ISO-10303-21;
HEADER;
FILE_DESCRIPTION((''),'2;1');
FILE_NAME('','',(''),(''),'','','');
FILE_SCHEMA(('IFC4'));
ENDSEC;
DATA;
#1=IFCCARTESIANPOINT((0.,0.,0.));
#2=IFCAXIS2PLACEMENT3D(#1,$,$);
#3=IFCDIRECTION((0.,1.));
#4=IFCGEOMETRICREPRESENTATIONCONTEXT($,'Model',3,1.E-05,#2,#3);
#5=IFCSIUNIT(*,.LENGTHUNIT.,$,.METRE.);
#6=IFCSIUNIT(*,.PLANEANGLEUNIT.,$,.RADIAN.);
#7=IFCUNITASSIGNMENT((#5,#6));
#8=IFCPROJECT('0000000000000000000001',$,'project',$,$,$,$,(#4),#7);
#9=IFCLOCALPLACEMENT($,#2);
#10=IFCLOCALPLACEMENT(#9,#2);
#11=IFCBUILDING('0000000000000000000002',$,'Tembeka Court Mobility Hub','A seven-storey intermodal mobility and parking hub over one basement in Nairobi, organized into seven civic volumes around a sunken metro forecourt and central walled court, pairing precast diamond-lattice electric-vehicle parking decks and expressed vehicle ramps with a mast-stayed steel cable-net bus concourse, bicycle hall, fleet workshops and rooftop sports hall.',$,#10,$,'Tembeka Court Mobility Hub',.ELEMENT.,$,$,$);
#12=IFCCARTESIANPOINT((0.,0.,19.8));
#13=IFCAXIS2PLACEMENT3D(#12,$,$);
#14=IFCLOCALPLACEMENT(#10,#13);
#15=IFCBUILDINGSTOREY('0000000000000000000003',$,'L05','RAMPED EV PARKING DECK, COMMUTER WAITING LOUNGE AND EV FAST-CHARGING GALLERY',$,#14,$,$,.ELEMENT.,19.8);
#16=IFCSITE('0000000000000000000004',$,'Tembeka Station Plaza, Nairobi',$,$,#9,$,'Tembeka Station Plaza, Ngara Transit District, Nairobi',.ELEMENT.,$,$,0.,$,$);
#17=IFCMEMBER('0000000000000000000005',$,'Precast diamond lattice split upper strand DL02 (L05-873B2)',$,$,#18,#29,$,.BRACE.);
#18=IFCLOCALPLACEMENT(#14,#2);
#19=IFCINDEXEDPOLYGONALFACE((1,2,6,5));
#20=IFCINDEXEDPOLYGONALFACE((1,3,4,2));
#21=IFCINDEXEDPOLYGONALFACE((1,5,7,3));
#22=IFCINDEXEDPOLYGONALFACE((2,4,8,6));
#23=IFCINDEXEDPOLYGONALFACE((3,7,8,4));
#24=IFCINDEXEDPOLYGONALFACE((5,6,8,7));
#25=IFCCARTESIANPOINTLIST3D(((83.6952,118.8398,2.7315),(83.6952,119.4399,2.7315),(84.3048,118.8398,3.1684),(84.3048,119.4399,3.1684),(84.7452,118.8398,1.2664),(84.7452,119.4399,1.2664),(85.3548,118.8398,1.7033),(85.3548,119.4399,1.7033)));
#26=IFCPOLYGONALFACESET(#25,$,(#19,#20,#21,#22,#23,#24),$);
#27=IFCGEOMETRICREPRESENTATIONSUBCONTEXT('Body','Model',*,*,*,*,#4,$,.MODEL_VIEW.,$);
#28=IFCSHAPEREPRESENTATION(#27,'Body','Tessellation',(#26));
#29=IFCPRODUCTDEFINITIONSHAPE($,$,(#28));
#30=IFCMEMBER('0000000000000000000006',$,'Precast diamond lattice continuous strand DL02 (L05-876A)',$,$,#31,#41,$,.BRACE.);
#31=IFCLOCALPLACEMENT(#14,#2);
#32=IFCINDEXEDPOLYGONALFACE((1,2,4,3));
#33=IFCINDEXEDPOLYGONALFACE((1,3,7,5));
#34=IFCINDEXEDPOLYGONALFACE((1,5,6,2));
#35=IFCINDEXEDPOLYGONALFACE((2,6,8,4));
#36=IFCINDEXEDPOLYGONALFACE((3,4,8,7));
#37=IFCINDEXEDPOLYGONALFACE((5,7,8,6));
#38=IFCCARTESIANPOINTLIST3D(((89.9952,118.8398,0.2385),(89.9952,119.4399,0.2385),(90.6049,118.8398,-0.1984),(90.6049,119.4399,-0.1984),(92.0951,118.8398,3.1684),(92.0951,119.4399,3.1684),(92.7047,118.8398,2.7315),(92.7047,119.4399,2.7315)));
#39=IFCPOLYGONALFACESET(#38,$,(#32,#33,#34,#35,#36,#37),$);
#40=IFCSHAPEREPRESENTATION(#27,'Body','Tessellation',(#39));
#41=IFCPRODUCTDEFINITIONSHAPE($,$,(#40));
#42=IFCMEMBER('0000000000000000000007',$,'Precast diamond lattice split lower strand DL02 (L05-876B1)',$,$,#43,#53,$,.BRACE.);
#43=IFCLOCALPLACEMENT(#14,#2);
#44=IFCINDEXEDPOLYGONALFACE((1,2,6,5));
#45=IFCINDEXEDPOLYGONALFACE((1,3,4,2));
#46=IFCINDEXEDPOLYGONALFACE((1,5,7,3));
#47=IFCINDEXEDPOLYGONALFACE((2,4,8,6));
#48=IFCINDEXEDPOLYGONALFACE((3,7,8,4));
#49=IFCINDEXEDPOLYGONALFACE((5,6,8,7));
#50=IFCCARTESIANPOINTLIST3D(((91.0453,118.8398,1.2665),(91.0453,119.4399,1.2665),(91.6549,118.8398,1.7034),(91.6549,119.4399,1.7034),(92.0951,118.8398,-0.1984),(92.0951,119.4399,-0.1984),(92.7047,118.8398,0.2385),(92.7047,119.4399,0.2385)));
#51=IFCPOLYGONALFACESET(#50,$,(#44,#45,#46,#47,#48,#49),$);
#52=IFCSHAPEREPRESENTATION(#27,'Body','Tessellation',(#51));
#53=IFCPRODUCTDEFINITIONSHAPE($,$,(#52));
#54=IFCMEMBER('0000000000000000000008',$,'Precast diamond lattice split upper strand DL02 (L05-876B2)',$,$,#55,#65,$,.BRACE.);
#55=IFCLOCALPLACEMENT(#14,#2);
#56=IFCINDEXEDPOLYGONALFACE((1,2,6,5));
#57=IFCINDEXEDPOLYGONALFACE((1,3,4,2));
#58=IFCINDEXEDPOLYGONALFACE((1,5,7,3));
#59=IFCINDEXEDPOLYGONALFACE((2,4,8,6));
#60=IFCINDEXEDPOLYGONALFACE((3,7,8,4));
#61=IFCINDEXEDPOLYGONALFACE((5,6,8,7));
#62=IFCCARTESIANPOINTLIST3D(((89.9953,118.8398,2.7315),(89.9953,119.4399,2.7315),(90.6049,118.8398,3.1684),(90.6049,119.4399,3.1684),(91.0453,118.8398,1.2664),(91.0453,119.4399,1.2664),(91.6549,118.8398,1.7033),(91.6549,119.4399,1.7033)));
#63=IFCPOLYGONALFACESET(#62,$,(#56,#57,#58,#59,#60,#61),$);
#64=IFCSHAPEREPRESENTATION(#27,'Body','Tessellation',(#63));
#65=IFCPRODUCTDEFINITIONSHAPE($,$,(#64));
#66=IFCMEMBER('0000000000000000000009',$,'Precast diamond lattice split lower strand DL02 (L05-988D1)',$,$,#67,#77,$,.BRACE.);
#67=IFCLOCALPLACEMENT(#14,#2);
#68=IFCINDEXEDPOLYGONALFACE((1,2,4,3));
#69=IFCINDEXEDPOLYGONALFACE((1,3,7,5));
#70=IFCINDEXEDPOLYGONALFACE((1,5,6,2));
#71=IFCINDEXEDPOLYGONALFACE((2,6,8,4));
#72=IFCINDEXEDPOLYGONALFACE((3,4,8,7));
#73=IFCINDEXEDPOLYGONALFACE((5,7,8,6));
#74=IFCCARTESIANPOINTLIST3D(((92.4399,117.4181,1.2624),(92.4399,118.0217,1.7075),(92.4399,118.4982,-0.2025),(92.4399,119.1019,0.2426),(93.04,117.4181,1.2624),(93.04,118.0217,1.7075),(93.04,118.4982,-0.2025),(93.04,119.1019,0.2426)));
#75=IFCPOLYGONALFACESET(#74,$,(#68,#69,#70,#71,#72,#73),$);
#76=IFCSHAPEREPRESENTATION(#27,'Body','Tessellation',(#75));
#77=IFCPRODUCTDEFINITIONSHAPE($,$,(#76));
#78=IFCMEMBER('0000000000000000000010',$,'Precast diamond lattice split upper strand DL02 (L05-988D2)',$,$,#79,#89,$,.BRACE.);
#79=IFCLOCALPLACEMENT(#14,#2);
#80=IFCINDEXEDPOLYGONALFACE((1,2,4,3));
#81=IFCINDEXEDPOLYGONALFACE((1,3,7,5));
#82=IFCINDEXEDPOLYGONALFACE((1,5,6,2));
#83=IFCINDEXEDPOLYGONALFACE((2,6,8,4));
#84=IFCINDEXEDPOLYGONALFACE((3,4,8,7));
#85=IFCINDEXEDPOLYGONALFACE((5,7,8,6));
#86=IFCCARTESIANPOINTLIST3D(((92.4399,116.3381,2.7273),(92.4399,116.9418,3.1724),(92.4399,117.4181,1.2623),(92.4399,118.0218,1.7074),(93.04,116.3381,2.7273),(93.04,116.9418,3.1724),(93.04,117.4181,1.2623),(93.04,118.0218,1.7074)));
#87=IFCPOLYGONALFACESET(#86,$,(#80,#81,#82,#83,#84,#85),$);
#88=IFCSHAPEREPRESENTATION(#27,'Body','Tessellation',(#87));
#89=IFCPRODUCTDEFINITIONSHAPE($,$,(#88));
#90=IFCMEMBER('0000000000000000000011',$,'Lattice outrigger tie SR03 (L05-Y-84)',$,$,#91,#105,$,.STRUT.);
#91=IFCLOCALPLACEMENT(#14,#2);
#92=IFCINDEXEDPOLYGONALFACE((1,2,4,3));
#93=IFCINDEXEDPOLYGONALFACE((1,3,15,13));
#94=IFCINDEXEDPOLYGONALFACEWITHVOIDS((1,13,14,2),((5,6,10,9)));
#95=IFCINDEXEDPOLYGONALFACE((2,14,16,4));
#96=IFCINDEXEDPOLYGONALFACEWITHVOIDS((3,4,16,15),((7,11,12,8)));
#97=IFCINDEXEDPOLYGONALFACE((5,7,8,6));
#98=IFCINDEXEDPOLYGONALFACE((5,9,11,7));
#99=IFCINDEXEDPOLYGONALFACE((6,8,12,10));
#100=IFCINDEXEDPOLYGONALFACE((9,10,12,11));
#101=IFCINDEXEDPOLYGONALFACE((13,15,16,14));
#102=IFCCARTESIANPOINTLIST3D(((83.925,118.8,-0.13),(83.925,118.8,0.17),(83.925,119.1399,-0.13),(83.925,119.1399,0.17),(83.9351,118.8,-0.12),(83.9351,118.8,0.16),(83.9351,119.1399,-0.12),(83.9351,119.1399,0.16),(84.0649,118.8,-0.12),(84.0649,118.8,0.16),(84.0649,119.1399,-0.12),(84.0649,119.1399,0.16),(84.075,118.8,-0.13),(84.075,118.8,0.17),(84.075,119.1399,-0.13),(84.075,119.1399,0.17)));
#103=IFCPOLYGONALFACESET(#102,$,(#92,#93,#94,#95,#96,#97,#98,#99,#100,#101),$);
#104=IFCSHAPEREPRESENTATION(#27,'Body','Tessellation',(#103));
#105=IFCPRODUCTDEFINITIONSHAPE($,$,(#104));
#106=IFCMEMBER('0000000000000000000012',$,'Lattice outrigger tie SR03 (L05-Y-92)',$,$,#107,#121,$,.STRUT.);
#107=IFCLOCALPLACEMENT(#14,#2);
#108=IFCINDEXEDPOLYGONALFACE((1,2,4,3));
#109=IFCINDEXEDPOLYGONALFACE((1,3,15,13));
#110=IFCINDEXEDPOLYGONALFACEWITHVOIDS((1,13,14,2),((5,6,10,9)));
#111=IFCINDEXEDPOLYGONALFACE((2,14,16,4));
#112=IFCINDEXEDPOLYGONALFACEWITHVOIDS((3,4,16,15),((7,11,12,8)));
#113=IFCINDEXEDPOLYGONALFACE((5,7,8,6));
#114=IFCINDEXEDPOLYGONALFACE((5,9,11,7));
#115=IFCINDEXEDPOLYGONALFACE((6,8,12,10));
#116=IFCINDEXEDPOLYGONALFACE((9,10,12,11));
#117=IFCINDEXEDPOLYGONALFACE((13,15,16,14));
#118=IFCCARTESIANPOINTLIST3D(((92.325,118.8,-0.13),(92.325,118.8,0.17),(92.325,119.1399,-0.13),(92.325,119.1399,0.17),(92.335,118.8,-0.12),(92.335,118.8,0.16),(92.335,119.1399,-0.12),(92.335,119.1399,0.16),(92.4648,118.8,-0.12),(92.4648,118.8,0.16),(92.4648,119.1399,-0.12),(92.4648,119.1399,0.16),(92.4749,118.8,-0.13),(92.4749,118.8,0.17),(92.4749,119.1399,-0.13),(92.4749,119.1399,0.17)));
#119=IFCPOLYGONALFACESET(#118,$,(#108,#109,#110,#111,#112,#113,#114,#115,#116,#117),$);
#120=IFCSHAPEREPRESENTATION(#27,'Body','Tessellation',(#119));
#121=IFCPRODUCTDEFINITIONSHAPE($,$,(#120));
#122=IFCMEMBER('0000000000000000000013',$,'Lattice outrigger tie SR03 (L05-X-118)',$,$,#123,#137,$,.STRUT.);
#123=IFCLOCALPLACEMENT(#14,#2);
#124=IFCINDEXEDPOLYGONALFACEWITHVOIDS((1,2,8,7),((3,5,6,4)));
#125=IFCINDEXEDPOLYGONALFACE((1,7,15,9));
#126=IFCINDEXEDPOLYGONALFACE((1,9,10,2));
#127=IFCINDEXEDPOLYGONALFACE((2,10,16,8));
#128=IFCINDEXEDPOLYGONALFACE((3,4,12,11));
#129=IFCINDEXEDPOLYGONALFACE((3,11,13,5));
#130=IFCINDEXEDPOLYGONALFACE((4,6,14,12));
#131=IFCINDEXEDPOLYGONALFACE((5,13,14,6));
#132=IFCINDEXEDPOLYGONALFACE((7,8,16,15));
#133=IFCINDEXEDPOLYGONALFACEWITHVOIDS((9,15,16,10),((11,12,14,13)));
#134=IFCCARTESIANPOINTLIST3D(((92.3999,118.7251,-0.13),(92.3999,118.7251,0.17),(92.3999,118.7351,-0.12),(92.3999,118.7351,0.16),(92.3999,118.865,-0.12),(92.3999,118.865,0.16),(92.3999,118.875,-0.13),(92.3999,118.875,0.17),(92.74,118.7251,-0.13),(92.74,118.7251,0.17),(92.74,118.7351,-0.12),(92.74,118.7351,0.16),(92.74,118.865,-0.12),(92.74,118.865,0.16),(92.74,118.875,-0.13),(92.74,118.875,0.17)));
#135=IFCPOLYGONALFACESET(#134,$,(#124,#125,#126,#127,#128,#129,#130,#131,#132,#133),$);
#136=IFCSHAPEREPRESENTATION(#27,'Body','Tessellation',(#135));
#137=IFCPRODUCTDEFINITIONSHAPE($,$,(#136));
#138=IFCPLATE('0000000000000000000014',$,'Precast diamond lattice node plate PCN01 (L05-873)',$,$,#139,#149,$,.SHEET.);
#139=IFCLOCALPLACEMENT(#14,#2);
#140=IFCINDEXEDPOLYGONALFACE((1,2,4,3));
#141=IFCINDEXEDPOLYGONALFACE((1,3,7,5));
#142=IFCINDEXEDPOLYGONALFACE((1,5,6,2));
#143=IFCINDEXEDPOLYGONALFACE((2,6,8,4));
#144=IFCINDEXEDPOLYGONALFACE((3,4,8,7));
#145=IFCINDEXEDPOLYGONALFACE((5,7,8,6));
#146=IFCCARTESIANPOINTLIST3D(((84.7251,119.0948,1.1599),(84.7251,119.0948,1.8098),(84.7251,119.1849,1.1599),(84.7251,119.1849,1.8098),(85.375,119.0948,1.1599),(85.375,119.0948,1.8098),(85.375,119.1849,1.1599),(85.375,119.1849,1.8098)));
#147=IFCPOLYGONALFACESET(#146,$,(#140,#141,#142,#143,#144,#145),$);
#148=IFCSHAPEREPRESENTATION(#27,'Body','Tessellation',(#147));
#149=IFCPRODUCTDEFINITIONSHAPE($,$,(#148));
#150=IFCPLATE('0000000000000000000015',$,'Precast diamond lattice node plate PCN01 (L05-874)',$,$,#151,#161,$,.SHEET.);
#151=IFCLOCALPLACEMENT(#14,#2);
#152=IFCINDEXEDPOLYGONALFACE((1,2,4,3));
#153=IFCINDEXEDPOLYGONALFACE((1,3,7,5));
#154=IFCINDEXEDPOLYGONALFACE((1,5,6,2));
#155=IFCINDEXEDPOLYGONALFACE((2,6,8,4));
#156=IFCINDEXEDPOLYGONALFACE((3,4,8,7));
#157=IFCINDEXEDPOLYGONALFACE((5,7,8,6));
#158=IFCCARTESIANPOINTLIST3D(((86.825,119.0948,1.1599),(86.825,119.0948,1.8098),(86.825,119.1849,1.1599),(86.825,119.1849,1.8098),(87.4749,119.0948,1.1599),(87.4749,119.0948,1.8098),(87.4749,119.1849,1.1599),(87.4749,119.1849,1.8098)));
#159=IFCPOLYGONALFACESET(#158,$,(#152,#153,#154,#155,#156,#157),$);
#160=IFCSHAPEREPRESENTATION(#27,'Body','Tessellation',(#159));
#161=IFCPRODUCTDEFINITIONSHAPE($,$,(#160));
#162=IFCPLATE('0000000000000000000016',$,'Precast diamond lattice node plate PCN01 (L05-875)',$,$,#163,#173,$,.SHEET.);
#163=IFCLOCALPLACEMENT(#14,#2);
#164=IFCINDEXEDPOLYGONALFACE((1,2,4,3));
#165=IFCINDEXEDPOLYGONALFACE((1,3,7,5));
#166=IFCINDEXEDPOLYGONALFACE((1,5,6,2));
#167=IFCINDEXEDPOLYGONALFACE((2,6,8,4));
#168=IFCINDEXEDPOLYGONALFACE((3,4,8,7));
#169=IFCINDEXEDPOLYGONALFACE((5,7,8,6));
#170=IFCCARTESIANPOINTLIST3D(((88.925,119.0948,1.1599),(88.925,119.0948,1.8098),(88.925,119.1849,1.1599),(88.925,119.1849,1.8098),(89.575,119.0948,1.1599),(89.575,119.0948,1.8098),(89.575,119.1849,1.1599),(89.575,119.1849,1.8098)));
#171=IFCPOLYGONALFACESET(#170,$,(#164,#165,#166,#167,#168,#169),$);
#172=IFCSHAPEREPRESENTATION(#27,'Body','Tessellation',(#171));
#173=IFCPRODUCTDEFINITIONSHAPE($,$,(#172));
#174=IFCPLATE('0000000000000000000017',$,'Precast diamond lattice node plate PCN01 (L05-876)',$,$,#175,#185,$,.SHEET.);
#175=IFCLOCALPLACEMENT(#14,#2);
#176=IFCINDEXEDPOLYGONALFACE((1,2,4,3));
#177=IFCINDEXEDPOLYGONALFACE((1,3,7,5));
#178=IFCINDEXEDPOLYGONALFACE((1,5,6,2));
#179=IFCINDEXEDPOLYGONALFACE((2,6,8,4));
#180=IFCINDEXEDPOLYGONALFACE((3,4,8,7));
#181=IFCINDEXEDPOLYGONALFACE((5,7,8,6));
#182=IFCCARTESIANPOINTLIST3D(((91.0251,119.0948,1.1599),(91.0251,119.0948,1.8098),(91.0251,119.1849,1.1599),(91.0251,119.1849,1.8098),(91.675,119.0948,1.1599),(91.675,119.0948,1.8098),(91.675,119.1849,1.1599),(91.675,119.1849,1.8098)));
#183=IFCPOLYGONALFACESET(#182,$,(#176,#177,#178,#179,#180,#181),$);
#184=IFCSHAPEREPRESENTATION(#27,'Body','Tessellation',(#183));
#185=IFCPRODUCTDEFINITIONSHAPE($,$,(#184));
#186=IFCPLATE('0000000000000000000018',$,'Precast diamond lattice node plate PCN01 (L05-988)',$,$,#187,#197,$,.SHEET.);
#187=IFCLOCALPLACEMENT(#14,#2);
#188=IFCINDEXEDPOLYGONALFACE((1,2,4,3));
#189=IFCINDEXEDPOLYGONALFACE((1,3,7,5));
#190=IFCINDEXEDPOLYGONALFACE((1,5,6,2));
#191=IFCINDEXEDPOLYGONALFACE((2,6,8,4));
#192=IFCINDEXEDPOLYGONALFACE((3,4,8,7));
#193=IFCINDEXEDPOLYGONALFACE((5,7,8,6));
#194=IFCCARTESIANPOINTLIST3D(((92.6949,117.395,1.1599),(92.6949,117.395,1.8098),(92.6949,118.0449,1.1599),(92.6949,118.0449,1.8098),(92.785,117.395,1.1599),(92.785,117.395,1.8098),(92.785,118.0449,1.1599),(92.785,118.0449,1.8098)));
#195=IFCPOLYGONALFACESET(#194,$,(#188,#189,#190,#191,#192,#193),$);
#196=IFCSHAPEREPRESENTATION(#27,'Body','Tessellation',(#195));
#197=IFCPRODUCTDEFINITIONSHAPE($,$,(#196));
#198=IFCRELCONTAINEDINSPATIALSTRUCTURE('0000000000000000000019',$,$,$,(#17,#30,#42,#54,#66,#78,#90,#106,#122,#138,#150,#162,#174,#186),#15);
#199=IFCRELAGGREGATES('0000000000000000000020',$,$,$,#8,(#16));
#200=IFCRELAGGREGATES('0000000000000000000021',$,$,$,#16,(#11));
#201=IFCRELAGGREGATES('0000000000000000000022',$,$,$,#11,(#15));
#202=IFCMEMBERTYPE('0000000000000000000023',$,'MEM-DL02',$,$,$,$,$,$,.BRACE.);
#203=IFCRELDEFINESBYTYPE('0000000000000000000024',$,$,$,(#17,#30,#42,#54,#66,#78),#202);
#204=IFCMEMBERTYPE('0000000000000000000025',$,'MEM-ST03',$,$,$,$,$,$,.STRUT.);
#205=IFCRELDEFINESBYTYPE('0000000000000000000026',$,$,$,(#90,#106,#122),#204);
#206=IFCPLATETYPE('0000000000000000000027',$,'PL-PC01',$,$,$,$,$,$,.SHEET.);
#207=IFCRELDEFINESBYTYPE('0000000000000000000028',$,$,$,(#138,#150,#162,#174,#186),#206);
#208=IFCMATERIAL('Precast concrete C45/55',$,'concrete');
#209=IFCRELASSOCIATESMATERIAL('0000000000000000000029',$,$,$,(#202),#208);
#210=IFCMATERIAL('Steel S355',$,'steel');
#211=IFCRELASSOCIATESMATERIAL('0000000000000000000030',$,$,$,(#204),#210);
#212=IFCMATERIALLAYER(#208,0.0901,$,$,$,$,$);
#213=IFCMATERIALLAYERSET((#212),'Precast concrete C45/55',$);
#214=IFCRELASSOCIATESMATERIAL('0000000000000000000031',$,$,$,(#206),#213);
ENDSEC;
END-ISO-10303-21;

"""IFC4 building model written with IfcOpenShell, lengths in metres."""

from ifc_helpers import new_model, si_unit, direction, frame, origin, origin_2d, place, context, subcontext, project, spatial, rectangle, hollow_rectangle, extrude, material, layer, layer_set, material_profile, profile_set, type_object, element, save


model = new_model("IFC4")

# Units and contexts
model_context = context("Model", 3, precision=1e-05, world=origin(), true_north=direction((0.0, 1.0)))
body_context = subcontext(model_context, "Body", "Model", "MODEL_VIEW")
ifc_project = project(units=[si_unit("LENGTHUNIT", "METRE"), si_unit("PLANEANGLEUNIT", "RADIAN")], contexts=[model_context])

# Site, building, storey
site_placement = place(None, origin())
site = spatial("IfcSite", under=ifc_project, at=site_placement, Name="Tembeka Station Plaza, Nairobi", LongName="Tembeka Station Plaza, Ngara Transit District, Nairobi", CompositionType="ELEMENT", RefElevation=0.0)
building_placement = place(site_placement, origin())
building = spatial("IfcBuilding", under=site, at=building_placement, Name="Tembeka Court Mobility Hub", Description="A seven-storey intermodal mobility and parking hub over one basement in Nairobi, organized into seven civic volumes around a sunken metro forecourt and central walled court, pairing precast diamond-lattice electric-vehicle parking decks and expressed vehicle ramps with a mast-stayed steel cable-net bus concourse, bicycle hall, fleet workshops and rooftop sports hall.", LongName="Tembeka Court Mobility Hub", CompositionType="ELEMENT")
storey_placement = place(building_placement, frame((0.0, 0.0, 19.8)))
storey = spatial("IfcBuildingStorey", under=building, at=storey_placement, Name="L05", Description="RAMPED EV PARKING DECK, COMMUTER WAITING LOUNGE AND EV FAST-CHARGING GALLERY", CompositionType="ELEMENT", Elevation=19.8)

# Shared definitions
ifc_material_1 = material(Name="Steel S355", Category="steel")

# Shared definitions
ifc_material_2 = material(Name="Precast concrete C45/55", Category="concrete")

# Members
ifc_material_profile_1 = material_profile(ifc_material_2, rectangle(XDim=0.6001, YDim=0.75, at=origin_2d()), Name="PC-DIAG 600x750")
ifc_profile_set_1 = profile_set([ifc_material_profile_1], Name="Precast concrete C45/55")
member_type_1 = type_object("IfcMemberType", Name="MEM-DL02", PredefinedType="BRACE", material=ifc_profile_set_1)
member_1_placement = place(storey_placement, frame((85.05, 119.1399, 1.4849), z_axis=(-0.582544, 0.0, 0.812799), x_axis=(0.0, -1.0, 0.0)))
element("IfcMember", 1, at=member_1_placement, inside=storey, type_object=member_type_1, Name="Precast diamond lattice split upper strand DL02 (L05-873B2)", PredefinedType="BRACE", context=body_context, shape_type="SweptSolid", body=[
    extrude(rectangle(XDim=0.6001, YDim=0.75, at=origin_2d()), origin(), (0.0, 0.0, 1.0), 1.8025),
])
member_2_placement = place(storey_placement, frame((90.3, 119.1399, 0.02), z_axis=(0.582532, 0.0, 0.812808), x_axis=(0.0, 1.0, 0.0)))
element("IfcMember", 2, at=member_2_placement, inside=storey, type_object=member_type_1, Name="Precast diamond lattice continuous strand DL02 (L05-876A)", PredefinedType="BRACE", context=body_context, shape_type="SweptSolid", body=[
    extrude(rectangle(XDim=0.6001, YDim=0.75, at=origin_2d()), origin(), (0.0, 0.0, 1.0), 3.6047),
])
member_3_placement = place(storey_placement, frame((92.3999, 119.1399, 0.02), z_axis=(-0.582519, 0.0, 0.812817), x_axis=(0.0, -1.0, 0.0)))
element("IfcMember", 3, at=member_3_placement, inside=storey, type_object=member_type_1, Name="Precast diamond lattice split lower strand DL02 (L05-876B1)", PredefinedType="BRACE", context=body_context, shape_type="SweptSolid", body=[
    extrude(rectangle(XDim=0.6001, YDim=0.75, at=origin_2d()), origin(), (0.0, 0.0, 1.0), 1.8022),
])
member_4_placement = place(storey_placement, frame((91.3501, 119.1399, 1.4849), z_axis=(-0.582544, 0.0, 0.812799), x_axis=(0.0, -1.0, 0.0)))
element("IfcMember", 4, at=member_4_placement, inside=storey, type_object=member_type_1, Name="Precast diamond lattice split upper strand DL02 (L05-876B2)", PredefinedType="BRACE", context=body_context, shape_type="SweptSolid", body=[
    extrude(rectangle(XDim=0.6001, YDim=0.75, at=origin_2d()), origin(), (0.0, 0.0, 1.0), 1.8025),
])
for number, where, z_axis, x_axis, name in (
    (5, (92.74, 118.8, 0.02), (0.0, -0.593455, 0.804867), (1.0, 0.0, 0.0), "Precast diamond lattice split lower strand DL02 (L05-988D1)"),
    (6, (92.74, 117.72, 1.4849), (0.0, -0.593391, 0.804914), (1.0, 0.0, 0.0), "Precast diamond lattice split upper strand DL02 (L05-988D2)"),
):
    element("IfcMember", number, at=place(storey_placement, frame(where, z_axis=z_axis, x_axis=x_axis)), inside=storey, type_object=member_type_1, Name=name, PredefinedType="BRACE", context=body_context, shape_type="SweptSolid", body=[
        extrude(rectangle(XDim=0.6001, YDim=0.75, at=origin_2d()), origin(), (0.0, 0.0, 1.0), 1.8201),
    ])
ifc_material_profile_2 = material_profile(ifc_material_1, hollow_rectangle(XDim=0.1499, YDim=0.3, WallThickness=0.01, at=origin_2d()), Name="RHS 300x150x10")
ifc_profile_set_2 = profile_set([ifc_material_profile_2], Name="Steel S355")
member_type_2 = type_object("IfcMemberType", Name="MEM-ST03", PredefinedType="STRUT", material=ifc_profile_set_2)
for number, where, z_axis, x_axis, name in (
    (7, (84.0, 118.8, 0.02), (0.0, 1.0, 0.0), (-1.0, 0.0, 0.0), "Lattice outrigger tie SR03 (L05-Y-84)"),
    (8, (92.3999, 118.8, 0.02), (0.0, 1.0, 0.0), (-1.0, 0.0, 0.0), "Lattice outrigger tie SR03 (L05-Y-92)"),
):
    element("IfcMember", number, at=place(storey_placement, frame(where, z_axis=z_axis, x_axis=x_axis)), inside=storey, type_object=member_type_2, Name=name, PredefinedType="STRUT", context=body_context, shape_type="SweptSolid", body=[
        extrude(hollow_rectangle(XDim=0.1499, YDim=0.3, WallThickness=0.01, at=origin_2d()), origin(), (0.0, 0.0, 1.0), 0.3398),
    ])
member_5_placement = place(storey_placement, frame((92.3999, 118.8, 0.02), z_axis=(1.0, 0.0, 0.0), x_axis=(0.0, 1.0, 0.0)))
element("IfcMember", 9, at=member_5_placement, inside=storey, type_object=member_type_2, Name="Lattice outrigger tie SR03 (L05-X-118)", PredefinedType="STRUT", context=body_context, shape_type="SweptSolid", body=[
    extrude(hollow_rectangle(XDim=0.1499, YDim=0.3, WallThickness=0.01, at=origin_2d()), origin(), (0.0, 0.0, 1.0), 0.3401),
])

# Plates
ifc_layer = layer(ifc_material_2, 0.0901)
ifc_layer_set = layer_set([ifc_layer], Name="Precast concrete C45/55")
plate_type = type_object("IfcPlateType", Name="PL-PC01", PredefinedType="SHEET", material=ifc_layer_set)
for number, where, z_axis, x_axis, name in (
    (10, (85.05, 119.1399, 1.1599), (0.0, 0.0, 1.0), (1.0, 0.0, 0.0), "Precast diamond lattice node plate PCN01 (L05-873)"),
    (11, (87.1499, 119.1399, 1.1599), (0.0, 0.0, 1.0), (1.0, 0.0, 0.0), "Precast diamond lattice node plate PCN01 (L05-874)"),
    (12, (89.25, 119.1399, 1.1599), (0.0, 0.0, 1.0), (1.0, 0.0, 0.0), "Precast diamond lattice node plate PCN01 (L05-875)"),
    (13, (91.3501, 119.1399, 1.1599), (0.0, 0.0, 1.0), (1.0, 0.0, 0.0), "Precast diamond lattice node plate PCN01 (L05-876)"),
):
    element("IfcPlate", number, at=place(storey_placement, frame(where, z_axis=z_axis, x_axis=x_axis)), inside=storey, type_object=plate_type, Name=name, PredefinedType="SHEET", context=body_context, shape_type="SweptSolid", body=[
        extrude(rectangle(XDim=0.6499, YDim=0.0901, at=origin_2d()), origin(), (0.0, 0.0, 1.0), 0.6499),
    ])
plate_placement = place(storey_placement, frame((92.74, 117.72, 1.1599), z_axis=(0.0, 0.0, 1.0), x_axis=(1.0, 0.0, 0.0)))
element("IfcPlate", 14, at=plate_placement, inside=storey, type_object=plate_type, Name="Precast diamond lattice node plate PCN01 (L05-988)", PredefinedType="SHEET", context=body_context, shape_type="SweptSolid", body=[
    extrude(rectangle(XDim=0.0901, YDim=0.6499, at=origin_2d()), origin(), (0.0, 0.0, 1.0), 0.6499),
])

save(model, "model.ifc")
